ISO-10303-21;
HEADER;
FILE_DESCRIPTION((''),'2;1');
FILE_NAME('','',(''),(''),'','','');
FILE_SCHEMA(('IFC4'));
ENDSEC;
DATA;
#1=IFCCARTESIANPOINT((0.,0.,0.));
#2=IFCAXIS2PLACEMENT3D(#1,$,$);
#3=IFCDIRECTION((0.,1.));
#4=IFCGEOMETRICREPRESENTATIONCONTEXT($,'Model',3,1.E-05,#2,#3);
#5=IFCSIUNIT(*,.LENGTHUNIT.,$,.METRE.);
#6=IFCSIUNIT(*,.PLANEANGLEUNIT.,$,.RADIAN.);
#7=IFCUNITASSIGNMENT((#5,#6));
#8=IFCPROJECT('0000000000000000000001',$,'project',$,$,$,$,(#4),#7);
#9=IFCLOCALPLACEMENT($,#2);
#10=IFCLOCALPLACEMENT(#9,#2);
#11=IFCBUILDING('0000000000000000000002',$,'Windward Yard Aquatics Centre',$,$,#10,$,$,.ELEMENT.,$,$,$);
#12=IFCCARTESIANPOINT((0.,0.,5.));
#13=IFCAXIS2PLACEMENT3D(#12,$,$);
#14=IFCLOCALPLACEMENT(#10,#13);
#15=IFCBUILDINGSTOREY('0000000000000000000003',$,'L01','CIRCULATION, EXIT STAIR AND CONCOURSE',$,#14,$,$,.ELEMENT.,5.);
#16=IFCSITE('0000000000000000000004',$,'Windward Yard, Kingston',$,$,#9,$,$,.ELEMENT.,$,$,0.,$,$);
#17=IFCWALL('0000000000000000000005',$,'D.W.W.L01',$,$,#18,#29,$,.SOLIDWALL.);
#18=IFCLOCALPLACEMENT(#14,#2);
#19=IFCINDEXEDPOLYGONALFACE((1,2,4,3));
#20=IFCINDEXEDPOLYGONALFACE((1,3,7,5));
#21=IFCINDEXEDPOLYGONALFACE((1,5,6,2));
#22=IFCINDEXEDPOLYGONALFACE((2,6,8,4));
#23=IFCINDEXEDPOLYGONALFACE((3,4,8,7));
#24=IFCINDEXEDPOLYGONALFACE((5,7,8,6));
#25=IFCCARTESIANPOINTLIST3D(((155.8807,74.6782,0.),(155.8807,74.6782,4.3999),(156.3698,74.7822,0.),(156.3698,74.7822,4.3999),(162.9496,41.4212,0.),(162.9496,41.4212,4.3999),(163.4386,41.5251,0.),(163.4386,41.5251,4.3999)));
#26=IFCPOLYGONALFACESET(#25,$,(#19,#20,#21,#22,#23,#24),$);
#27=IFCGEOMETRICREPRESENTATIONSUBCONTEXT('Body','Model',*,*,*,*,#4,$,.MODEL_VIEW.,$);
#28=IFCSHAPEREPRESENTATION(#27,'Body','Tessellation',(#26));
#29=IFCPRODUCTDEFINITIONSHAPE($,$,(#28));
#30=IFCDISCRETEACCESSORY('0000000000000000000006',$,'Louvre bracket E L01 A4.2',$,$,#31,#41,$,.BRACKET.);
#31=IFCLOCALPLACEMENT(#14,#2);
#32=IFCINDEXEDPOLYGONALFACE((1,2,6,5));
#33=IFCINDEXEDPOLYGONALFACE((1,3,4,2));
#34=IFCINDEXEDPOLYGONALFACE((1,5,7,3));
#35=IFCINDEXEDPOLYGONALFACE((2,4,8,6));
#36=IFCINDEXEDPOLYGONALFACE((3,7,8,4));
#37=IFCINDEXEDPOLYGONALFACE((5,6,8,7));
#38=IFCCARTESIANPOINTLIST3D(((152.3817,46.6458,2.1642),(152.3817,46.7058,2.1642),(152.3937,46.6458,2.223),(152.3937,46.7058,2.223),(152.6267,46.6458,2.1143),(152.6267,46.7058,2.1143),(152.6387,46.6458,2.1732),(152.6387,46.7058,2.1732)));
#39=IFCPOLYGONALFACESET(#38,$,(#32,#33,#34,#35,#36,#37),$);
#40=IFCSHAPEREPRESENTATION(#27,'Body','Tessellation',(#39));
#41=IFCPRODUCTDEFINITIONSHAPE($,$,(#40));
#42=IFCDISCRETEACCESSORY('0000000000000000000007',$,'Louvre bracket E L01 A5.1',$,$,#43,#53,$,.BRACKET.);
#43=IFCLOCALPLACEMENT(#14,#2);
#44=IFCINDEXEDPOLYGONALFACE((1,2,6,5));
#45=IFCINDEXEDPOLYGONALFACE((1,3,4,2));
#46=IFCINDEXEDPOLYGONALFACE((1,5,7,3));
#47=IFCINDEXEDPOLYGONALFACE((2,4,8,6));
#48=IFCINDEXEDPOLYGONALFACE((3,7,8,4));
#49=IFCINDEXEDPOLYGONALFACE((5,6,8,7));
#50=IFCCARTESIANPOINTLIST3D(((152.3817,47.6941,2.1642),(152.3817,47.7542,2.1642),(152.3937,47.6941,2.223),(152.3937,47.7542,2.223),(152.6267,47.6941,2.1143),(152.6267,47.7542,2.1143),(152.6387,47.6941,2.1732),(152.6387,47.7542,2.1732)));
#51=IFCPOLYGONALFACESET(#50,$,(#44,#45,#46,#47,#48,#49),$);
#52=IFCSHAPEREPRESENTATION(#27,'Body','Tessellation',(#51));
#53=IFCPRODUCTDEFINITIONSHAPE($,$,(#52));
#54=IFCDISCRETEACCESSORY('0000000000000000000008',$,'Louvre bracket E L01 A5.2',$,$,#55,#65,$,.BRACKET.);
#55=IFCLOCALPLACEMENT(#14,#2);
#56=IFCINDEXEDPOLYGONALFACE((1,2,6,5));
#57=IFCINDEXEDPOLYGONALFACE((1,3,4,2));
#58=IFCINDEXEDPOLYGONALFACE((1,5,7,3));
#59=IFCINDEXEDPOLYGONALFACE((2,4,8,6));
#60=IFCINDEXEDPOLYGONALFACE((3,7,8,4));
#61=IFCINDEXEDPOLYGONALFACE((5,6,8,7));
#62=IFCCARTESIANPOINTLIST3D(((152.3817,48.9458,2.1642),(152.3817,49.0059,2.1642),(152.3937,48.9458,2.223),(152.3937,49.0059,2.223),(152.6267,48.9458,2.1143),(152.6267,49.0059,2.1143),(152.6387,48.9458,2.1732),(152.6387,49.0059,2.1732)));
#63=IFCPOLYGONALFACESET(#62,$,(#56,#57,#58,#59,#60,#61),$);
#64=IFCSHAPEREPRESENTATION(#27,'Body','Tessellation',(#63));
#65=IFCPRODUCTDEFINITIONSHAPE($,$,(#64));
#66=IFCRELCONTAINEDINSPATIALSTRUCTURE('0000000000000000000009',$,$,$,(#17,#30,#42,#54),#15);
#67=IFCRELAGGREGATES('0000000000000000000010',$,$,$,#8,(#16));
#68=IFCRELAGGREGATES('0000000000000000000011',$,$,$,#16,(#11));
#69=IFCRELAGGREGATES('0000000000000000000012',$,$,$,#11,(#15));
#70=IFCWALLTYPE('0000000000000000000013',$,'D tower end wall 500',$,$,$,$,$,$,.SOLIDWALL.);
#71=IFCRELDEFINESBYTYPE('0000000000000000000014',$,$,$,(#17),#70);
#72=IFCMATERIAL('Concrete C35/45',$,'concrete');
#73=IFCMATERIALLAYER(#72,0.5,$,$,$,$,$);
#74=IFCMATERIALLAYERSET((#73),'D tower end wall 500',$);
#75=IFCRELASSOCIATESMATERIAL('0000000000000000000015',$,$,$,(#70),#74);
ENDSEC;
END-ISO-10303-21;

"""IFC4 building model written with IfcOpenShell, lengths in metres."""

from ifc_helpers import new_model, si_unit, direction, frame, frame_2d, origin, origin_2d, place, context, subcontext, project, spatial, rectangle, extrude, material, layer, layer_set, type_object, element, save


model = new_model("IFC4")

# Units and contexts
model_context = context("Model", 3, precision=1e-05, world=origin(), true_north=direction((0.0, 1.0)))
body_context = subcontext(model_context, "Body", "Model", "MODEL_VIEW")
ifc_project = project(units=[si_unit("LENGTHUNIT", "METRE"), si_unit("PLANEANGLEUNIT", "RADIAN")], contexts=[model_context])

# Site, building, storey
site_placement = place(None, origin())
site = spatial("IfcSite", under=ifc_project, at=site_placement, Name="Windward Yard, Kingston", CompositionType="ELEMENT", RefElevation=0.0)
building_placement = place(site_placement, origin())
building = spatial("IfcBuilding", under=site, at=building_placement, Name="Windward Yard Aquatics Centre", CompositionType="ELEMENT")
storey_placement = place(building_placement, frame((0.0, 0.0, 5.0)))
storey = spatial("IfcBuildingStorey", under=building, at=storey_placement, Name="L01", Description="CIRCULATION, EXIT STAIR AND CONCOURSE", CompositionType="ELEMENT", Elevation=5.0)

# Shared definitions
ifc_material_1 = material(Name="Concrete C35/45", Category="concrete")

# Wall
ifc_layer_1 = layer(ifc_material_1, 0.5)
ifc_layer_set_1 = layer_set([ifc_layer_1], Name="D tower end wall 500")
wall_type_1 = type_object("IfcWallType", Name="D tower end wall 500", PredefinedType="SOLIDWALL", material=ifc_layer_set_1)
wall_1_placement = place(storey_placement, frame((163.1941, 41.4731, 0.0), z_axis=(0.0, 0.0, 1.0), x_axis=(-0.207907, 0.978149, 0.0)))
element("IfcWall", 1, at=wall_1_placement, inside=storey, type_object=wall_type_1, Name="D.W.W.L01", PredefinedType="SOLIDWALL", context=body_context, shape_type="SweptSolid", body=[
    extrude(rectangle(XDim=34.0, YDim=0.5, at=frame_2d((17.0, 0.0))), origin(), (0.0, 0.0, 1.0), 4.3999),
])

# Discrete accessories
for number, where, z_axis, x_axis, name in (
    (2, (152.3877, 46.6758, 2.1936), (0.979937, 0.0, -0.199309), (0.0, 1.0, 0.0), "Louvre bracket E L01 A4.2"),
    (3, (152.3877, 47.7241, 2.1936), (0.979937, 0.0, -0.199309), (0.0, 1.0, 0.0), "Louvre bracket E L01 A5.1"),
    (4, (152.3877, 48.9758, 2.1936), (0.979937, 0.0, -0.199309), (0.0, 1.0, 0.0), "Louvre bracket E L01 A5.2"),
):
    element("IfcDiscreteAccessory", number, at=place(storey_placement, frame(where, z_axis=z_axis, x_axis=x_axis)), inside=storey, Name=name, PredefinedType="BRACKET", context=body_context, shape_type="SweptSolid", body=[
        extrude(rectangle(XDim=0.0601, YDim=0.0601, at=origin_2d()), origin(), (0.0, 0.0, 1.0), 0.25),
    ])

save(model, "model.ifc")
